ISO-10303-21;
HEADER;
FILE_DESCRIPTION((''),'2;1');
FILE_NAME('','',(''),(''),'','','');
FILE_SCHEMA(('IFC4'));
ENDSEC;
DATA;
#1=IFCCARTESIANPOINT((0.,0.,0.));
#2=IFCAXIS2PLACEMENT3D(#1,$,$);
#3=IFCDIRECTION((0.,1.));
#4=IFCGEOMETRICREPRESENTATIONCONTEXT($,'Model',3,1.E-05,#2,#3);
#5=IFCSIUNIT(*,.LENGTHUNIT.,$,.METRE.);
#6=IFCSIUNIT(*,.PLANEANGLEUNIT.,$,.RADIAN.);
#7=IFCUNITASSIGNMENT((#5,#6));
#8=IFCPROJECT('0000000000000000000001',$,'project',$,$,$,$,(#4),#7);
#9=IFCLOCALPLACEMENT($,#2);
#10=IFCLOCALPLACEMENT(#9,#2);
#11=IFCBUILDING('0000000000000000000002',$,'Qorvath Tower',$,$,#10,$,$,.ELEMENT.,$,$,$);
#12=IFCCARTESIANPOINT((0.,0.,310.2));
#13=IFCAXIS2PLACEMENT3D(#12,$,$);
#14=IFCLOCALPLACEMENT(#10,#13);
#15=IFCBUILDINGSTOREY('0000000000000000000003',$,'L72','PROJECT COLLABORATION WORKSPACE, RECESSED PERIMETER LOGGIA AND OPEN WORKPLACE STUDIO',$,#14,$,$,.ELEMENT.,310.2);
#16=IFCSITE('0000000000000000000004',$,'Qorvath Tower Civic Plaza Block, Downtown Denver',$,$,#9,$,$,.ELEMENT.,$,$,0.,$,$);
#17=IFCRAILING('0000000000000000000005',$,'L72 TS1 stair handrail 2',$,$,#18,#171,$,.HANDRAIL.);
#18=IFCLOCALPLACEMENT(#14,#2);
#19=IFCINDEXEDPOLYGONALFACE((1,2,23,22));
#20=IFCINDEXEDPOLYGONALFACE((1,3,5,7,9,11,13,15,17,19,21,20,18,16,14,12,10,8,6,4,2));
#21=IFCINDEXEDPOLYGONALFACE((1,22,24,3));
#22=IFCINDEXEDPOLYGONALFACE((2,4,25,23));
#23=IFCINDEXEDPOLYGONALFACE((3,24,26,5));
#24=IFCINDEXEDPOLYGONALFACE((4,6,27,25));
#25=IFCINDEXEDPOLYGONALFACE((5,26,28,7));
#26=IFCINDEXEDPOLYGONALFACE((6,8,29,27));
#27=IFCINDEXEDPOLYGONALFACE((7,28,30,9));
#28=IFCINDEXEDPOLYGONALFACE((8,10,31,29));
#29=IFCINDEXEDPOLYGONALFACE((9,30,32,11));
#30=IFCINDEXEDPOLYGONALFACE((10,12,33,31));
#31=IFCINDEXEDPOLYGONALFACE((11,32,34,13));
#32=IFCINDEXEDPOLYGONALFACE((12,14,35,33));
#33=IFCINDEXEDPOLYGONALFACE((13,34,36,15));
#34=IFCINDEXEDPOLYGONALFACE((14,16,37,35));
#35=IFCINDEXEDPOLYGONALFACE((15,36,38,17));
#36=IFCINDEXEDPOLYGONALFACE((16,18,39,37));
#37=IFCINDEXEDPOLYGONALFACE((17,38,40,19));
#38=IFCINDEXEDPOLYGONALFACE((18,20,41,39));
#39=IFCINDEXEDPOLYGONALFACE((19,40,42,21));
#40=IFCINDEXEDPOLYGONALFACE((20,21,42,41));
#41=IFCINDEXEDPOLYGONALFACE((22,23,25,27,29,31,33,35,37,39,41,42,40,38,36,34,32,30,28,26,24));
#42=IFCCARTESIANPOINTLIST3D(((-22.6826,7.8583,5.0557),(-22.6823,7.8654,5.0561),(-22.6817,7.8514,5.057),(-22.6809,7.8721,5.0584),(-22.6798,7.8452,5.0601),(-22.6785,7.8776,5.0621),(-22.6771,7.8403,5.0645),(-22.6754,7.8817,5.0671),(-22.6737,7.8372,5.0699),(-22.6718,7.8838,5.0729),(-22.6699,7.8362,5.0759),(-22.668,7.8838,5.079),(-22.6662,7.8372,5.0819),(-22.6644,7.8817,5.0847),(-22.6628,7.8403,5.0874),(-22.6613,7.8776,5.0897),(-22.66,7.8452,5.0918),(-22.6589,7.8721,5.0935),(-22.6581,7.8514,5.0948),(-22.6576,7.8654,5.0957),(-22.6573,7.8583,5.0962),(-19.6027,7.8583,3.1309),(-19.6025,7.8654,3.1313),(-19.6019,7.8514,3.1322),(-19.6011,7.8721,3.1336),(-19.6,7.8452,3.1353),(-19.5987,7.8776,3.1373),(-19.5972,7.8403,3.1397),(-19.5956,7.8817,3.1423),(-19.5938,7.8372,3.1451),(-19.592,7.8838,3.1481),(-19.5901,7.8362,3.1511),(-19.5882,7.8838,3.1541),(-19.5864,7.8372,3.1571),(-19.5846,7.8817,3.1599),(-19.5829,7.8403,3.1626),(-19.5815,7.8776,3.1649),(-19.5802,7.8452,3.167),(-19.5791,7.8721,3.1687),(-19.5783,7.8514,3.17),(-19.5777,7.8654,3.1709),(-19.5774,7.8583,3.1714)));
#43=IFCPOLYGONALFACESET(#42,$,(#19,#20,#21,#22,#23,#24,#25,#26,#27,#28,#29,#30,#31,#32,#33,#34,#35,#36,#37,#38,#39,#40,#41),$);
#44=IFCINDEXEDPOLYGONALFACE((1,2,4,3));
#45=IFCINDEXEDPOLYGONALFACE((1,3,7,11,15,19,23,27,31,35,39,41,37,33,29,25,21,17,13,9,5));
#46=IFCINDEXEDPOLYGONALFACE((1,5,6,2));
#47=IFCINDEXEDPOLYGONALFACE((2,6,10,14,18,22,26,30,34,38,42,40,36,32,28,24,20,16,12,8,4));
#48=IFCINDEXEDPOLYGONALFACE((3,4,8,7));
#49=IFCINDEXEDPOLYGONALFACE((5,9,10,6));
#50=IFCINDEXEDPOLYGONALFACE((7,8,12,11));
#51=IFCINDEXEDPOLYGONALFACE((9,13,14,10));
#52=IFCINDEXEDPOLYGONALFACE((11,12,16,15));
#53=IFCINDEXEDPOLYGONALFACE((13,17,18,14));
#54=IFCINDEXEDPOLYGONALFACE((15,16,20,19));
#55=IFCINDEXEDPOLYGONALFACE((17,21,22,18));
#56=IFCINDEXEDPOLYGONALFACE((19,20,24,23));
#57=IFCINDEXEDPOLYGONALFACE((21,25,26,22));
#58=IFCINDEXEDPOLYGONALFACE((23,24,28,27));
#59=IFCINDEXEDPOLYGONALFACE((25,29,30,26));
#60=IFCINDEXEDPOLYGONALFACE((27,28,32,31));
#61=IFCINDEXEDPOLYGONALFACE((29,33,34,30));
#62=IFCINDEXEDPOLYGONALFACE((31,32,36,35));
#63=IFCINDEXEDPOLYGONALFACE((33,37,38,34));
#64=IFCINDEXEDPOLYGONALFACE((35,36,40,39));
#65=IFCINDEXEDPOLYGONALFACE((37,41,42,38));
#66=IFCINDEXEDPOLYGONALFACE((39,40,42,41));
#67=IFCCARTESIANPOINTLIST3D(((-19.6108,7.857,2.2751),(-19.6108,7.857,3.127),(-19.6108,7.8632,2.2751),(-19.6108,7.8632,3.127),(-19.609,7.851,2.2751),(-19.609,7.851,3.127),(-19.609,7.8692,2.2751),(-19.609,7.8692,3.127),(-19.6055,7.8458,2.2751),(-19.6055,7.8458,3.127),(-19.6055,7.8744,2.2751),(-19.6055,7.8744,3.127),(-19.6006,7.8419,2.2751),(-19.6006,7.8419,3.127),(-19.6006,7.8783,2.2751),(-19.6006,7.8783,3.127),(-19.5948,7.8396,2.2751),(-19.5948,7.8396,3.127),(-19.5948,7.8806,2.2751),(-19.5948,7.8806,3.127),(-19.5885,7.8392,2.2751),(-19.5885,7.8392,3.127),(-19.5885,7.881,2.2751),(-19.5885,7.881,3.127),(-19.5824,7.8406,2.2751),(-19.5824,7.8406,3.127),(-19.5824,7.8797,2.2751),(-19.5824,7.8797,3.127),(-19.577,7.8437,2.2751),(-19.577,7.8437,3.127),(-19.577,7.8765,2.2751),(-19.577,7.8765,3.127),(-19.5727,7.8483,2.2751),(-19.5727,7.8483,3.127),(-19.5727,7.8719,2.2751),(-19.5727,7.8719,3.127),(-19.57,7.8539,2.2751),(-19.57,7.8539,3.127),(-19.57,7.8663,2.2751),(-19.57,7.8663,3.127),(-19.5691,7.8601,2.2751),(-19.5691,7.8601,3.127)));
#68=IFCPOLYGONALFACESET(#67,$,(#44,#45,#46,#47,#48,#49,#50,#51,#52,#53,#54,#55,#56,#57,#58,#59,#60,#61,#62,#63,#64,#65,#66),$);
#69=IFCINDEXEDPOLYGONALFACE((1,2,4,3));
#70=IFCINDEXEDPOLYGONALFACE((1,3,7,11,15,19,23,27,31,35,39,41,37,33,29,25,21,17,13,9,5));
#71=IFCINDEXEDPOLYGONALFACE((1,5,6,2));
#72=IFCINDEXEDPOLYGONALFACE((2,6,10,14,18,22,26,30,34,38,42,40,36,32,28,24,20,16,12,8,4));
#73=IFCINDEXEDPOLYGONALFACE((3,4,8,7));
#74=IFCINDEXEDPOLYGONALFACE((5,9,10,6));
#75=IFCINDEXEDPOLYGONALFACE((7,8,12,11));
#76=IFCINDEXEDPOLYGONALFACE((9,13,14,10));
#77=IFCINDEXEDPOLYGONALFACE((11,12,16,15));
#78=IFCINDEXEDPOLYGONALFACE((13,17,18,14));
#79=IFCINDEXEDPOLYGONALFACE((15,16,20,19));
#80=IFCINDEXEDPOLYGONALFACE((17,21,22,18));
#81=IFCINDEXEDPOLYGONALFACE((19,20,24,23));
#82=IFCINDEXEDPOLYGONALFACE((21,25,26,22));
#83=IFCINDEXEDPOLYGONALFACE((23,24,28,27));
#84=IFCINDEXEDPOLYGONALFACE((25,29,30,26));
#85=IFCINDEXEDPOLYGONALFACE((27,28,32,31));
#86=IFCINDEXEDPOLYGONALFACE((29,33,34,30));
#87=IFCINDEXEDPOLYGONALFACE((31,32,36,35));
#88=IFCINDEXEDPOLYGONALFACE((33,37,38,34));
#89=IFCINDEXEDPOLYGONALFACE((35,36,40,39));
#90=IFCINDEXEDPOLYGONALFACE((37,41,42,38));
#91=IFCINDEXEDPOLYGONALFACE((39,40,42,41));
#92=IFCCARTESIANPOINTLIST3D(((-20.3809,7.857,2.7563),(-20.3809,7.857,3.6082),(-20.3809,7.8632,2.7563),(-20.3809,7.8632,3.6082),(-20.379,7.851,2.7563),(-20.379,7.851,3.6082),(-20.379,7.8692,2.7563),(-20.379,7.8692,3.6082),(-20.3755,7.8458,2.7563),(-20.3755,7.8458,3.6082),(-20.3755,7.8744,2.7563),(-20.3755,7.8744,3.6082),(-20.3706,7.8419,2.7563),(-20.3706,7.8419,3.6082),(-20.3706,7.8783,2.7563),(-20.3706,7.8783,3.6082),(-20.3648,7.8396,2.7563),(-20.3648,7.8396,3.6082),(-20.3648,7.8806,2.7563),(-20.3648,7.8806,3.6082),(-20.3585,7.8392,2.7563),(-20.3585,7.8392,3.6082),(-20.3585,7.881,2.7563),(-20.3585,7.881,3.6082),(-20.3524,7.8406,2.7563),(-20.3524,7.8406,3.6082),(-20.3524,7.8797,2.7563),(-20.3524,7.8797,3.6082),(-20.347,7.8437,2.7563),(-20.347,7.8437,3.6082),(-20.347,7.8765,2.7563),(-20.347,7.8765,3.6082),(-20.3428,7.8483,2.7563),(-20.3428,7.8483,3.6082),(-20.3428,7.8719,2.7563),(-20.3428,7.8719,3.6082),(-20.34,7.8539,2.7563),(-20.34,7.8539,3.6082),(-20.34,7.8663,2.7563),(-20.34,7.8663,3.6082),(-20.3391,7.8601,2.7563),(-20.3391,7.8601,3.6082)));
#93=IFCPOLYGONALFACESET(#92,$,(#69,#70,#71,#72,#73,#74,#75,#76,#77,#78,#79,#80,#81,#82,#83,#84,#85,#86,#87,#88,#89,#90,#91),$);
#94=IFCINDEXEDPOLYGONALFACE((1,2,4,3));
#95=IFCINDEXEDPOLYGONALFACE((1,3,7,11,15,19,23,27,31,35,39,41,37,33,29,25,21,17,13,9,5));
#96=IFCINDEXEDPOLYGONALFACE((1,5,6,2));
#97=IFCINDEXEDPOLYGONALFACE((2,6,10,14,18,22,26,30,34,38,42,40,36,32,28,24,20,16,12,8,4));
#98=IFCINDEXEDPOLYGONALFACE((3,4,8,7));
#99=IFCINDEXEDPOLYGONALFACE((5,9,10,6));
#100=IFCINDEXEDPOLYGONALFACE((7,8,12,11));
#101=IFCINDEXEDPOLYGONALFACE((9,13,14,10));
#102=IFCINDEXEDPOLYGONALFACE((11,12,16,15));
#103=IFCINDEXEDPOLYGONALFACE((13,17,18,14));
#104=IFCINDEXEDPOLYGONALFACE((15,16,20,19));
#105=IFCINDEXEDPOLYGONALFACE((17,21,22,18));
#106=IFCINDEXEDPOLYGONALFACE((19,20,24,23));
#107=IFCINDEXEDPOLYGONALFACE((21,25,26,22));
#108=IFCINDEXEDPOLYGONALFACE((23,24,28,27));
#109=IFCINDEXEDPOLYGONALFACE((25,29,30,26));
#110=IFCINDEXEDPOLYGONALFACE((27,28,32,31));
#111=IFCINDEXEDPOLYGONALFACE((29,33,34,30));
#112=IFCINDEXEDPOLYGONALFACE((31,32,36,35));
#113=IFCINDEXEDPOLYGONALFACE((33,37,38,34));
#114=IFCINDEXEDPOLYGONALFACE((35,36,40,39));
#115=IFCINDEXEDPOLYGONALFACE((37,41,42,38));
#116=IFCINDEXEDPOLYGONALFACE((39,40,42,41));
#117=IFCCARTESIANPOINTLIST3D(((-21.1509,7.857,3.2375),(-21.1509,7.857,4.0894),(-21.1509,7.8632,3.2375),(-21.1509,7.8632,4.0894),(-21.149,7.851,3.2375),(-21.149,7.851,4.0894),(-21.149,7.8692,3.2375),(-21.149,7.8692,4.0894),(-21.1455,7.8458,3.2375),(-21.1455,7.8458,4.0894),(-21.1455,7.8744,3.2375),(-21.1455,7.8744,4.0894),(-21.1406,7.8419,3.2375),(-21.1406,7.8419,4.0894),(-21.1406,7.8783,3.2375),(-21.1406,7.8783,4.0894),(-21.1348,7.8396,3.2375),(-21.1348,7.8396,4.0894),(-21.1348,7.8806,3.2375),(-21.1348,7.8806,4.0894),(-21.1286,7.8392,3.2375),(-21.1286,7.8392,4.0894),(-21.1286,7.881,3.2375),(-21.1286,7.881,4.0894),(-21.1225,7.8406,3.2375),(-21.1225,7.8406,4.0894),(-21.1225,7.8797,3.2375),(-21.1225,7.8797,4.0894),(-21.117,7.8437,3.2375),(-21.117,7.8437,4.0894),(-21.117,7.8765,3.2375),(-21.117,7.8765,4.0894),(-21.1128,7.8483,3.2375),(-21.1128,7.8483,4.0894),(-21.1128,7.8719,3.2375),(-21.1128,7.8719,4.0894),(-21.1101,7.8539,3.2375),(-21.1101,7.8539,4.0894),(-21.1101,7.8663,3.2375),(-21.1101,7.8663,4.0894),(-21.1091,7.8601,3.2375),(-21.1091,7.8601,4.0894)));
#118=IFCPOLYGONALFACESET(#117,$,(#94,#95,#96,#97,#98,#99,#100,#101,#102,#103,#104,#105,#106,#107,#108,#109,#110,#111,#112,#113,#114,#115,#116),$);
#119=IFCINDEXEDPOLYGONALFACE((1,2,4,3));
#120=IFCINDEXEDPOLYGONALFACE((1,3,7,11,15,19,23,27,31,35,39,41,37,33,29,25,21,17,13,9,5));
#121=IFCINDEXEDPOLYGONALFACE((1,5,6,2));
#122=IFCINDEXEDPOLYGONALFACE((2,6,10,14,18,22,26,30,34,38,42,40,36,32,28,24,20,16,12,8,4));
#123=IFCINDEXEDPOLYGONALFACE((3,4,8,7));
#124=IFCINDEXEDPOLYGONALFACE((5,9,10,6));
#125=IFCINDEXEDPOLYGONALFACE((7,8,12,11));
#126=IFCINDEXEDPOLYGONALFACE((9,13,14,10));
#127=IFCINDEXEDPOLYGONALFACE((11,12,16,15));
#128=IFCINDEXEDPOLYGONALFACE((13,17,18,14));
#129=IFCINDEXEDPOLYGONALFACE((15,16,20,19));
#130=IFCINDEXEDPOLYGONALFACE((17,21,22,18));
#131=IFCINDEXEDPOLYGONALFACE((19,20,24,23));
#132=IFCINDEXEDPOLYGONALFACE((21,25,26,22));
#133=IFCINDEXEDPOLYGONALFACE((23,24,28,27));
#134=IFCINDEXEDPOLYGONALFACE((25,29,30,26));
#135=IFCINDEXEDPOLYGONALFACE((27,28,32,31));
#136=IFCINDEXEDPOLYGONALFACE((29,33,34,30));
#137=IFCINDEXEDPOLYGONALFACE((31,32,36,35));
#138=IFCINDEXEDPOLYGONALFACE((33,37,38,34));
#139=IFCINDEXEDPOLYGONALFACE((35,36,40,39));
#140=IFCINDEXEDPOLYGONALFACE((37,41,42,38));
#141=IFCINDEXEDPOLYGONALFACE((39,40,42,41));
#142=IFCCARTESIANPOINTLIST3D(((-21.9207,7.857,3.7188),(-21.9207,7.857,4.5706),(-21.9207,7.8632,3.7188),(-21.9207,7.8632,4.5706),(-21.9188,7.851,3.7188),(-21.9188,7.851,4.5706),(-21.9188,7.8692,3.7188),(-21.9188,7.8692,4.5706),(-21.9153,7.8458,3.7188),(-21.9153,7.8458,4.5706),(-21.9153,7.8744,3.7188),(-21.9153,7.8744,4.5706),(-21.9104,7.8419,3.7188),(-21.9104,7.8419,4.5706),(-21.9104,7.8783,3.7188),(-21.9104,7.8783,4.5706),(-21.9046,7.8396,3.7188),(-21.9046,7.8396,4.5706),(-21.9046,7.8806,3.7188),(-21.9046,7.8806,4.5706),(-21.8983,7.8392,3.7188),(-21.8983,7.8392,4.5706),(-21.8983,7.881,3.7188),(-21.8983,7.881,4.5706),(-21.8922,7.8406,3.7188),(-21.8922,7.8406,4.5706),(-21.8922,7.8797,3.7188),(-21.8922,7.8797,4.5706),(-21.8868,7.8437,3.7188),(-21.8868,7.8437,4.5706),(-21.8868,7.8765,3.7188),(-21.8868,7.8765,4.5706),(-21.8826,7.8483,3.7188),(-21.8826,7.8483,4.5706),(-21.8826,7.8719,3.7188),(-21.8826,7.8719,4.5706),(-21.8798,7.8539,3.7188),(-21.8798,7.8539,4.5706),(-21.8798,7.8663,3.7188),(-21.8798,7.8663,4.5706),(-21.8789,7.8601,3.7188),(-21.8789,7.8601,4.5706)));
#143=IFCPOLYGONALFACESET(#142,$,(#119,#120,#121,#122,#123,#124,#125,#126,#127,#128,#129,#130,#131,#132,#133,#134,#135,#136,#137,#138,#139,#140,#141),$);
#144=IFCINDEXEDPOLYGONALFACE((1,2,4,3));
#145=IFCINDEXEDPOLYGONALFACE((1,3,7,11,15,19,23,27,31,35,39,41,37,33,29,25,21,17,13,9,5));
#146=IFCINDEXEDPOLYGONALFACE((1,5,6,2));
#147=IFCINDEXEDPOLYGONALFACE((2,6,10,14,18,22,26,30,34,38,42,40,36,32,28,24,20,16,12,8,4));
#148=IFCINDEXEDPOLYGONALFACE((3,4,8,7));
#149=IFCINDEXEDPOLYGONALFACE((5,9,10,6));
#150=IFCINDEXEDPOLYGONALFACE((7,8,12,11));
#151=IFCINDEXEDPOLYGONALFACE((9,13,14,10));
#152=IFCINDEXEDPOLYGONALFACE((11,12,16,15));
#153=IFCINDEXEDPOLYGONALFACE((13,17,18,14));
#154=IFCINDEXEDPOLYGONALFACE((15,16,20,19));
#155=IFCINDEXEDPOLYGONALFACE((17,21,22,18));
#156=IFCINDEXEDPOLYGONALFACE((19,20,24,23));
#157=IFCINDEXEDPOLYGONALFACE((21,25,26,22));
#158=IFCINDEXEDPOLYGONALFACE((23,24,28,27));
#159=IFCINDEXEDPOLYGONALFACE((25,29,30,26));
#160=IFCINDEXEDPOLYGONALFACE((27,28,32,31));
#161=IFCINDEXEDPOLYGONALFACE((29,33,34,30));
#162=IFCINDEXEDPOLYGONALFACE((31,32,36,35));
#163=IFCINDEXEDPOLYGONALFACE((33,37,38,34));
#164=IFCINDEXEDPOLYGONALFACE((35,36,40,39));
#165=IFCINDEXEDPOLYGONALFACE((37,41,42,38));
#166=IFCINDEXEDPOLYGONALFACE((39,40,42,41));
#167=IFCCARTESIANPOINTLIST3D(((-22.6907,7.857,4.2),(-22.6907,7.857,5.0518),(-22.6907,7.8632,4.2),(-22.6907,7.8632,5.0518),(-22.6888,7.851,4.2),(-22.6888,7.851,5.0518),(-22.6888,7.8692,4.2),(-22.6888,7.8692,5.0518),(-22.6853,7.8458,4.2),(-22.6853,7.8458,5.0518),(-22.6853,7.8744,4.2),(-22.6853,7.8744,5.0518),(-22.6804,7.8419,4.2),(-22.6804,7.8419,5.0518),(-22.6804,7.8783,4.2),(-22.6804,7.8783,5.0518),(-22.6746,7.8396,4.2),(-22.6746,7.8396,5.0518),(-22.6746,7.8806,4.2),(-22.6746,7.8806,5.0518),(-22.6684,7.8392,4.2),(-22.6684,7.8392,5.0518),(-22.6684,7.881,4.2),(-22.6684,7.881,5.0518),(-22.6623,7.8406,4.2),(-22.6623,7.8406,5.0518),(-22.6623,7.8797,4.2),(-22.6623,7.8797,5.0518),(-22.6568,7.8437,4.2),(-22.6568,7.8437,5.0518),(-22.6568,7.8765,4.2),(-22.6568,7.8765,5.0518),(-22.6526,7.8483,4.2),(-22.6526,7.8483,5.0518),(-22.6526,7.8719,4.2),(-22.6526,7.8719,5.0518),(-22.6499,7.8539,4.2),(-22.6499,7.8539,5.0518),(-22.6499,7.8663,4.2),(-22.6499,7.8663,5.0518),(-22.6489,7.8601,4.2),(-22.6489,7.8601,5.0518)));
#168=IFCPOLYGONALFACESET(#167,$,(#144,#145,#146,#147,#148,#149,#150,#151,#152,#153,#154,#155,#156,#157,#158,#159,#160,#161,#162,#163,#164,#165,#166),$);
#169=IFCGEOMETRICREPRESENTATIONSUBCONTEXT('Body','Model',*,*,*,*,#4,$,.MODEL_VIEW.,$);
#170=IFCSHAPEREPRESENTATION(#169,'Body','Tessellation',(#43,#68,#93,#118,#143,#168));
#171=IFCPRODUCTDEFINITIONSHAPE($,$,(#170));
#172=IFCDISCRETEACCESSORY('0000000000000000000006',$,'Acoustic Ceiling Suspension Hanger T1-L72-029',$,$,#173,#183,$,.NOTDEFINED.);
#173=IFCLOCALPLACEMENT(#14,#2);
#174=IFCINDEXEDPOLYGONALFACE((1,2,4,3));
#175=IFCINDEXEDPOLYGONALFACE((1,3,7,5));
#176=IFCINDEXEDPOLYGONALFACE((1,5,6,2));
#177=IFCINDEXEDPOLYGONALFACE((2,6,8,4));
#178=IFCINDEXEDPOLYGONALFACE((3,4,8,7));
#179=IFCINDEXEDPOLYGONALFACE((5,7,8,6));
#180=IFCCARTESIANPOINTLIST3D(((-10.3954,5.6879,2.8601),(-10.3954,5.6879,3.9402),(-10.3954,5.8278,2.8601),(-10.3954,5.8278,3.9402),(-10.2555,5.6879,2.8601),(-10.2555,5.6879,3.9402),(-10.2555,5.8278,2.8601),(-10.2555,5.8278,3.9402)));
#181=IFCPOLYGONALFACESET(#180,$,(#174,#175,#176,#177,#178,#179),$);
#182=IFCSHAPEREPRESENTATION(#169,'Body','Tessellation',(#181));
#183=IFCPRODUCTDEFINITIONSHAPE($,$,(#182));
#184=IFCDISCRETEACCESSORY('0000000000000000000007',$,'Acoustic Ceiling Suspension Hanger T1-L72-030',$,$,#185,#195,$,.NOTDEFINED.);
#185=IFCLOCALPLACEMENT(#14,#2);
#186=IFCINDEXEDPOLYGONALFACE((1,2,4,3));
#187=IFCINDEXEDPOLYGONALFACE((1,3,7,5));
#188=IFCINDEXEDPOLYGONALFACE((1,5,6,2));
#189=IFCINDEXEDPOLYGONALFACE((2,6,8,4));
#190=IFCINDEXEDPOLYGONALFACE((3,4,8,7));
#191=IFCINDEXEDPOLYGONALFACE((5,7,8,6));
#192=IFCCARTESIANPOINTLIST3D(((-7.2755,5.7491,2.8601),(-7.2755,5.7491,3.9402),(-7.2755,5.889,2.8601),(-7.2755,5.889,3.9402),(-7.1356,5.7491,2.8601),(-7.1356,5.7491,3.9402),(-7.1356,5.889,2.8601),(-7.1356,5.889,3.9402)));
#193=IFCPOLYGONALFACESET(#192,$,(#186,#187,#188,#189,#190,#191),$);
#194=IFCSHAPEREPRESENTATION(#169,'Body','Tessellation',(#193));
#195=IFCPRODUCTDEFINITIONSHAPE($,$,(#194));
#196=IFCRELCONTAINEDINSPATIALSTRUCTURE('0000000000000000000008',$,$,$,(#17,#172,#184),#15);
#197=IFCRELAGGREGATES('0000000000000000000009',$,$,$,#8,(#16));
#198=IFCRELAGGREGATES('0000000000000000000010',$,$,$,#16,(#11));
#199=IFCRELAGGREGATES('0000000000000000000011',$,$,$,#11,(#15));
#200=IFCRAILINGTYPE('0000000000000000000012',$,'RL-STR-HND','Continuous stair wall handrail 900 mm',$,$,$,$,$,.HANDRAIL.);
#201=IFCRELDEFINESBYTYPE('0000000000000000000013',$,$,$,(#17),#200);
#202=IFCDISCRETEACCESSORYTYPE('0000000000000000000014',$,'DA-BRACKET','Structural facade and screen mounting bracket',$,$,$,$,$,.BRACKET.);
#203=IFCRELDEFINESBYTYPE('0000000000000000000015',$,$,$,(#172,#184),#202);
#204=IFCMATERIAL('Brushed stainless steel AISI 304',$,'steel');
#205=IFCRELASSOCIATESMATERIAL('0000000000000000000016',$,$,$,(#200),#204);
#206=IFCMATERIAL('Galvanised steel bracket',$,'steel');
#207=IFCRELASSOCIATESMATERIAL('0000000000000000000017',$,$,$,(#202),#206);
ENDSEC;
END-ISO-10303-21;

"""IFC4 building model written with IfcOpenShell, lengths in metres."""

from ifc_helpers import new_model, si_unit, direction, frame, origin, origin_2d, place, context, subcontext, project, spatial, rectangle, circle, extrude, material, type_object, element, save


model = new_model("IFC4")

# Units and contexts
model_context = context("Model", 3, precision=1e-05, world=origin(), true_north=direction((0.0, 1.0)))
body_context = subcontext(model_context, "Body", "Model", "MODEL_VIEW")
ifc_project = project(units=[si_unit("LENGTHUNIT", "METRE"), si_unit("PLANEANGLEUNIT", "RADIAN")], contexts=[model_context])

# Site, building, storey
site_placement = place(None, origin())
site = spatial("IfcSite", under=ifc_project, at=site_placement, Name="Qorvath Tower Civic Plaza Block, Downtown Denver", CompositionType="ELEMENT", RefElevation=0.0)
building_placement = place(site_placement, origin())
building = spatial("IfcBuilding", under=site, at=building_placement, Name="Qorvath Tower", CompositionType="ELEMENT")
storey_placement = place(building_placement, frame((0.0, 0.0, 310.2)))
storey = spatial("IfcBuildingStorey", under=building, at=storey_placement, Name="L72", Description="PROJECT COLLABORATION WORKSPACE, RECESSED PERIMETER LOGGIA AND OPEN WORKPLACE STUDIO", CompositionType="ELEMENT", Elevation=310.2)

# Railing
ifc_material_1 = material(Name="Brushed stainless steel AISI 304", Category="steel")
railing_type_1 = type_object("IfcRailingType", Name="RL-STR-HND", Description="Continuous stair wall handrail 900 mm", PredefinedType="HANDRAIL", material=ifc_material_1)
railing_1_placement = place(storey_placement, frame((-19.5901, 7.8601, 2.2751)))
element("IfcRailing", 1, at=railing_1_placement, inside=storey, type_object=railing_type_1, Name="L72 TS1 stair handrail 2", PredefinedType="HANDRAIL", context=body_context, shape_type="SweptSolid", body=[
    extrude(circle(Radius=0.0239, at=origin_2d()), frame((0.0, 0.0, 0.876), z_axis=(-0.84801, 0.0, 0.529981), x_axis=(0.0, -1.0, 0.0)), (0.0, 0.0, 1.0), 3.6318),
    extrude(circle(Radius=0.021, at=origin_2d()), origin(), (0.0, 0.0, 1.0), 0.8518),
    extrude(circle(Radius=0.021, at=origin_2d()), frame((-0.77, 0.0, 0.4812)), (0.0, 0.0, 1.0), 0.8518),
    extrude(circle(Radius=0.021, at=origin_2d()), frame((-1.54, 0.0, 0.9624)), (0.0, 0.0, 1.0), 0.8518),
    extrude(circle(Radius=0.021, at=origin_2d()), frame((-2.3098, 0.0, 1.4436)), (0.0, 0.0, 1.0), 0.8518),
    extrude(circle(Radius=0.021, at=origin_2d()), frame((-3.0798, 0.0, 1.9248)), (0.0, 0.0, 1.0), 0.8518),
])

# Discrete accessories
ifc_material_2 = material(Name="Galvanised steel bracket", Category="steel")
discrete_accessory_type = type_object("IfcDiscreteAccessoryType", Name="DA-BRACKET", Description="Structural facade and screen mounting bracket", PredefinedType="BRACKET", material=ifc_material_2)
for number, where, z_axis, x_axis, name in (
    (2, (-10.3254, 5.7578, 2.8601), (0.0, 0.0, 1.0), (1.0, 0.0, 0.0), "Acoustic Ceiling Suspension Hanger T1-L72-029"),
    (3, (-7.2056, 5.8191, 2.8601), (0.0, 0.0, 1.0), (1.0, 0.0, 0.0), "Acoustic Ceiling Suspension Hanger T1-L72-030"),
):
    element("IfcDiscreteAccessory", number, at=place(storey_placement, frame(where, z_axis=z_axis, x_axis=x_axis)), inside=storey, type_object=discrete_accessory_type, Name=name, PredefinedType="NOTDEFINED", context=body_context, shape_type="SweptSolid", body=[
        extrude(rectangle(XDim=0.1399, YDim=0.1399, at=origin_2d()), origin(), (0.0, 0.0, 1.0), 1.0801),
    ])

save(model, "model.ifc")
